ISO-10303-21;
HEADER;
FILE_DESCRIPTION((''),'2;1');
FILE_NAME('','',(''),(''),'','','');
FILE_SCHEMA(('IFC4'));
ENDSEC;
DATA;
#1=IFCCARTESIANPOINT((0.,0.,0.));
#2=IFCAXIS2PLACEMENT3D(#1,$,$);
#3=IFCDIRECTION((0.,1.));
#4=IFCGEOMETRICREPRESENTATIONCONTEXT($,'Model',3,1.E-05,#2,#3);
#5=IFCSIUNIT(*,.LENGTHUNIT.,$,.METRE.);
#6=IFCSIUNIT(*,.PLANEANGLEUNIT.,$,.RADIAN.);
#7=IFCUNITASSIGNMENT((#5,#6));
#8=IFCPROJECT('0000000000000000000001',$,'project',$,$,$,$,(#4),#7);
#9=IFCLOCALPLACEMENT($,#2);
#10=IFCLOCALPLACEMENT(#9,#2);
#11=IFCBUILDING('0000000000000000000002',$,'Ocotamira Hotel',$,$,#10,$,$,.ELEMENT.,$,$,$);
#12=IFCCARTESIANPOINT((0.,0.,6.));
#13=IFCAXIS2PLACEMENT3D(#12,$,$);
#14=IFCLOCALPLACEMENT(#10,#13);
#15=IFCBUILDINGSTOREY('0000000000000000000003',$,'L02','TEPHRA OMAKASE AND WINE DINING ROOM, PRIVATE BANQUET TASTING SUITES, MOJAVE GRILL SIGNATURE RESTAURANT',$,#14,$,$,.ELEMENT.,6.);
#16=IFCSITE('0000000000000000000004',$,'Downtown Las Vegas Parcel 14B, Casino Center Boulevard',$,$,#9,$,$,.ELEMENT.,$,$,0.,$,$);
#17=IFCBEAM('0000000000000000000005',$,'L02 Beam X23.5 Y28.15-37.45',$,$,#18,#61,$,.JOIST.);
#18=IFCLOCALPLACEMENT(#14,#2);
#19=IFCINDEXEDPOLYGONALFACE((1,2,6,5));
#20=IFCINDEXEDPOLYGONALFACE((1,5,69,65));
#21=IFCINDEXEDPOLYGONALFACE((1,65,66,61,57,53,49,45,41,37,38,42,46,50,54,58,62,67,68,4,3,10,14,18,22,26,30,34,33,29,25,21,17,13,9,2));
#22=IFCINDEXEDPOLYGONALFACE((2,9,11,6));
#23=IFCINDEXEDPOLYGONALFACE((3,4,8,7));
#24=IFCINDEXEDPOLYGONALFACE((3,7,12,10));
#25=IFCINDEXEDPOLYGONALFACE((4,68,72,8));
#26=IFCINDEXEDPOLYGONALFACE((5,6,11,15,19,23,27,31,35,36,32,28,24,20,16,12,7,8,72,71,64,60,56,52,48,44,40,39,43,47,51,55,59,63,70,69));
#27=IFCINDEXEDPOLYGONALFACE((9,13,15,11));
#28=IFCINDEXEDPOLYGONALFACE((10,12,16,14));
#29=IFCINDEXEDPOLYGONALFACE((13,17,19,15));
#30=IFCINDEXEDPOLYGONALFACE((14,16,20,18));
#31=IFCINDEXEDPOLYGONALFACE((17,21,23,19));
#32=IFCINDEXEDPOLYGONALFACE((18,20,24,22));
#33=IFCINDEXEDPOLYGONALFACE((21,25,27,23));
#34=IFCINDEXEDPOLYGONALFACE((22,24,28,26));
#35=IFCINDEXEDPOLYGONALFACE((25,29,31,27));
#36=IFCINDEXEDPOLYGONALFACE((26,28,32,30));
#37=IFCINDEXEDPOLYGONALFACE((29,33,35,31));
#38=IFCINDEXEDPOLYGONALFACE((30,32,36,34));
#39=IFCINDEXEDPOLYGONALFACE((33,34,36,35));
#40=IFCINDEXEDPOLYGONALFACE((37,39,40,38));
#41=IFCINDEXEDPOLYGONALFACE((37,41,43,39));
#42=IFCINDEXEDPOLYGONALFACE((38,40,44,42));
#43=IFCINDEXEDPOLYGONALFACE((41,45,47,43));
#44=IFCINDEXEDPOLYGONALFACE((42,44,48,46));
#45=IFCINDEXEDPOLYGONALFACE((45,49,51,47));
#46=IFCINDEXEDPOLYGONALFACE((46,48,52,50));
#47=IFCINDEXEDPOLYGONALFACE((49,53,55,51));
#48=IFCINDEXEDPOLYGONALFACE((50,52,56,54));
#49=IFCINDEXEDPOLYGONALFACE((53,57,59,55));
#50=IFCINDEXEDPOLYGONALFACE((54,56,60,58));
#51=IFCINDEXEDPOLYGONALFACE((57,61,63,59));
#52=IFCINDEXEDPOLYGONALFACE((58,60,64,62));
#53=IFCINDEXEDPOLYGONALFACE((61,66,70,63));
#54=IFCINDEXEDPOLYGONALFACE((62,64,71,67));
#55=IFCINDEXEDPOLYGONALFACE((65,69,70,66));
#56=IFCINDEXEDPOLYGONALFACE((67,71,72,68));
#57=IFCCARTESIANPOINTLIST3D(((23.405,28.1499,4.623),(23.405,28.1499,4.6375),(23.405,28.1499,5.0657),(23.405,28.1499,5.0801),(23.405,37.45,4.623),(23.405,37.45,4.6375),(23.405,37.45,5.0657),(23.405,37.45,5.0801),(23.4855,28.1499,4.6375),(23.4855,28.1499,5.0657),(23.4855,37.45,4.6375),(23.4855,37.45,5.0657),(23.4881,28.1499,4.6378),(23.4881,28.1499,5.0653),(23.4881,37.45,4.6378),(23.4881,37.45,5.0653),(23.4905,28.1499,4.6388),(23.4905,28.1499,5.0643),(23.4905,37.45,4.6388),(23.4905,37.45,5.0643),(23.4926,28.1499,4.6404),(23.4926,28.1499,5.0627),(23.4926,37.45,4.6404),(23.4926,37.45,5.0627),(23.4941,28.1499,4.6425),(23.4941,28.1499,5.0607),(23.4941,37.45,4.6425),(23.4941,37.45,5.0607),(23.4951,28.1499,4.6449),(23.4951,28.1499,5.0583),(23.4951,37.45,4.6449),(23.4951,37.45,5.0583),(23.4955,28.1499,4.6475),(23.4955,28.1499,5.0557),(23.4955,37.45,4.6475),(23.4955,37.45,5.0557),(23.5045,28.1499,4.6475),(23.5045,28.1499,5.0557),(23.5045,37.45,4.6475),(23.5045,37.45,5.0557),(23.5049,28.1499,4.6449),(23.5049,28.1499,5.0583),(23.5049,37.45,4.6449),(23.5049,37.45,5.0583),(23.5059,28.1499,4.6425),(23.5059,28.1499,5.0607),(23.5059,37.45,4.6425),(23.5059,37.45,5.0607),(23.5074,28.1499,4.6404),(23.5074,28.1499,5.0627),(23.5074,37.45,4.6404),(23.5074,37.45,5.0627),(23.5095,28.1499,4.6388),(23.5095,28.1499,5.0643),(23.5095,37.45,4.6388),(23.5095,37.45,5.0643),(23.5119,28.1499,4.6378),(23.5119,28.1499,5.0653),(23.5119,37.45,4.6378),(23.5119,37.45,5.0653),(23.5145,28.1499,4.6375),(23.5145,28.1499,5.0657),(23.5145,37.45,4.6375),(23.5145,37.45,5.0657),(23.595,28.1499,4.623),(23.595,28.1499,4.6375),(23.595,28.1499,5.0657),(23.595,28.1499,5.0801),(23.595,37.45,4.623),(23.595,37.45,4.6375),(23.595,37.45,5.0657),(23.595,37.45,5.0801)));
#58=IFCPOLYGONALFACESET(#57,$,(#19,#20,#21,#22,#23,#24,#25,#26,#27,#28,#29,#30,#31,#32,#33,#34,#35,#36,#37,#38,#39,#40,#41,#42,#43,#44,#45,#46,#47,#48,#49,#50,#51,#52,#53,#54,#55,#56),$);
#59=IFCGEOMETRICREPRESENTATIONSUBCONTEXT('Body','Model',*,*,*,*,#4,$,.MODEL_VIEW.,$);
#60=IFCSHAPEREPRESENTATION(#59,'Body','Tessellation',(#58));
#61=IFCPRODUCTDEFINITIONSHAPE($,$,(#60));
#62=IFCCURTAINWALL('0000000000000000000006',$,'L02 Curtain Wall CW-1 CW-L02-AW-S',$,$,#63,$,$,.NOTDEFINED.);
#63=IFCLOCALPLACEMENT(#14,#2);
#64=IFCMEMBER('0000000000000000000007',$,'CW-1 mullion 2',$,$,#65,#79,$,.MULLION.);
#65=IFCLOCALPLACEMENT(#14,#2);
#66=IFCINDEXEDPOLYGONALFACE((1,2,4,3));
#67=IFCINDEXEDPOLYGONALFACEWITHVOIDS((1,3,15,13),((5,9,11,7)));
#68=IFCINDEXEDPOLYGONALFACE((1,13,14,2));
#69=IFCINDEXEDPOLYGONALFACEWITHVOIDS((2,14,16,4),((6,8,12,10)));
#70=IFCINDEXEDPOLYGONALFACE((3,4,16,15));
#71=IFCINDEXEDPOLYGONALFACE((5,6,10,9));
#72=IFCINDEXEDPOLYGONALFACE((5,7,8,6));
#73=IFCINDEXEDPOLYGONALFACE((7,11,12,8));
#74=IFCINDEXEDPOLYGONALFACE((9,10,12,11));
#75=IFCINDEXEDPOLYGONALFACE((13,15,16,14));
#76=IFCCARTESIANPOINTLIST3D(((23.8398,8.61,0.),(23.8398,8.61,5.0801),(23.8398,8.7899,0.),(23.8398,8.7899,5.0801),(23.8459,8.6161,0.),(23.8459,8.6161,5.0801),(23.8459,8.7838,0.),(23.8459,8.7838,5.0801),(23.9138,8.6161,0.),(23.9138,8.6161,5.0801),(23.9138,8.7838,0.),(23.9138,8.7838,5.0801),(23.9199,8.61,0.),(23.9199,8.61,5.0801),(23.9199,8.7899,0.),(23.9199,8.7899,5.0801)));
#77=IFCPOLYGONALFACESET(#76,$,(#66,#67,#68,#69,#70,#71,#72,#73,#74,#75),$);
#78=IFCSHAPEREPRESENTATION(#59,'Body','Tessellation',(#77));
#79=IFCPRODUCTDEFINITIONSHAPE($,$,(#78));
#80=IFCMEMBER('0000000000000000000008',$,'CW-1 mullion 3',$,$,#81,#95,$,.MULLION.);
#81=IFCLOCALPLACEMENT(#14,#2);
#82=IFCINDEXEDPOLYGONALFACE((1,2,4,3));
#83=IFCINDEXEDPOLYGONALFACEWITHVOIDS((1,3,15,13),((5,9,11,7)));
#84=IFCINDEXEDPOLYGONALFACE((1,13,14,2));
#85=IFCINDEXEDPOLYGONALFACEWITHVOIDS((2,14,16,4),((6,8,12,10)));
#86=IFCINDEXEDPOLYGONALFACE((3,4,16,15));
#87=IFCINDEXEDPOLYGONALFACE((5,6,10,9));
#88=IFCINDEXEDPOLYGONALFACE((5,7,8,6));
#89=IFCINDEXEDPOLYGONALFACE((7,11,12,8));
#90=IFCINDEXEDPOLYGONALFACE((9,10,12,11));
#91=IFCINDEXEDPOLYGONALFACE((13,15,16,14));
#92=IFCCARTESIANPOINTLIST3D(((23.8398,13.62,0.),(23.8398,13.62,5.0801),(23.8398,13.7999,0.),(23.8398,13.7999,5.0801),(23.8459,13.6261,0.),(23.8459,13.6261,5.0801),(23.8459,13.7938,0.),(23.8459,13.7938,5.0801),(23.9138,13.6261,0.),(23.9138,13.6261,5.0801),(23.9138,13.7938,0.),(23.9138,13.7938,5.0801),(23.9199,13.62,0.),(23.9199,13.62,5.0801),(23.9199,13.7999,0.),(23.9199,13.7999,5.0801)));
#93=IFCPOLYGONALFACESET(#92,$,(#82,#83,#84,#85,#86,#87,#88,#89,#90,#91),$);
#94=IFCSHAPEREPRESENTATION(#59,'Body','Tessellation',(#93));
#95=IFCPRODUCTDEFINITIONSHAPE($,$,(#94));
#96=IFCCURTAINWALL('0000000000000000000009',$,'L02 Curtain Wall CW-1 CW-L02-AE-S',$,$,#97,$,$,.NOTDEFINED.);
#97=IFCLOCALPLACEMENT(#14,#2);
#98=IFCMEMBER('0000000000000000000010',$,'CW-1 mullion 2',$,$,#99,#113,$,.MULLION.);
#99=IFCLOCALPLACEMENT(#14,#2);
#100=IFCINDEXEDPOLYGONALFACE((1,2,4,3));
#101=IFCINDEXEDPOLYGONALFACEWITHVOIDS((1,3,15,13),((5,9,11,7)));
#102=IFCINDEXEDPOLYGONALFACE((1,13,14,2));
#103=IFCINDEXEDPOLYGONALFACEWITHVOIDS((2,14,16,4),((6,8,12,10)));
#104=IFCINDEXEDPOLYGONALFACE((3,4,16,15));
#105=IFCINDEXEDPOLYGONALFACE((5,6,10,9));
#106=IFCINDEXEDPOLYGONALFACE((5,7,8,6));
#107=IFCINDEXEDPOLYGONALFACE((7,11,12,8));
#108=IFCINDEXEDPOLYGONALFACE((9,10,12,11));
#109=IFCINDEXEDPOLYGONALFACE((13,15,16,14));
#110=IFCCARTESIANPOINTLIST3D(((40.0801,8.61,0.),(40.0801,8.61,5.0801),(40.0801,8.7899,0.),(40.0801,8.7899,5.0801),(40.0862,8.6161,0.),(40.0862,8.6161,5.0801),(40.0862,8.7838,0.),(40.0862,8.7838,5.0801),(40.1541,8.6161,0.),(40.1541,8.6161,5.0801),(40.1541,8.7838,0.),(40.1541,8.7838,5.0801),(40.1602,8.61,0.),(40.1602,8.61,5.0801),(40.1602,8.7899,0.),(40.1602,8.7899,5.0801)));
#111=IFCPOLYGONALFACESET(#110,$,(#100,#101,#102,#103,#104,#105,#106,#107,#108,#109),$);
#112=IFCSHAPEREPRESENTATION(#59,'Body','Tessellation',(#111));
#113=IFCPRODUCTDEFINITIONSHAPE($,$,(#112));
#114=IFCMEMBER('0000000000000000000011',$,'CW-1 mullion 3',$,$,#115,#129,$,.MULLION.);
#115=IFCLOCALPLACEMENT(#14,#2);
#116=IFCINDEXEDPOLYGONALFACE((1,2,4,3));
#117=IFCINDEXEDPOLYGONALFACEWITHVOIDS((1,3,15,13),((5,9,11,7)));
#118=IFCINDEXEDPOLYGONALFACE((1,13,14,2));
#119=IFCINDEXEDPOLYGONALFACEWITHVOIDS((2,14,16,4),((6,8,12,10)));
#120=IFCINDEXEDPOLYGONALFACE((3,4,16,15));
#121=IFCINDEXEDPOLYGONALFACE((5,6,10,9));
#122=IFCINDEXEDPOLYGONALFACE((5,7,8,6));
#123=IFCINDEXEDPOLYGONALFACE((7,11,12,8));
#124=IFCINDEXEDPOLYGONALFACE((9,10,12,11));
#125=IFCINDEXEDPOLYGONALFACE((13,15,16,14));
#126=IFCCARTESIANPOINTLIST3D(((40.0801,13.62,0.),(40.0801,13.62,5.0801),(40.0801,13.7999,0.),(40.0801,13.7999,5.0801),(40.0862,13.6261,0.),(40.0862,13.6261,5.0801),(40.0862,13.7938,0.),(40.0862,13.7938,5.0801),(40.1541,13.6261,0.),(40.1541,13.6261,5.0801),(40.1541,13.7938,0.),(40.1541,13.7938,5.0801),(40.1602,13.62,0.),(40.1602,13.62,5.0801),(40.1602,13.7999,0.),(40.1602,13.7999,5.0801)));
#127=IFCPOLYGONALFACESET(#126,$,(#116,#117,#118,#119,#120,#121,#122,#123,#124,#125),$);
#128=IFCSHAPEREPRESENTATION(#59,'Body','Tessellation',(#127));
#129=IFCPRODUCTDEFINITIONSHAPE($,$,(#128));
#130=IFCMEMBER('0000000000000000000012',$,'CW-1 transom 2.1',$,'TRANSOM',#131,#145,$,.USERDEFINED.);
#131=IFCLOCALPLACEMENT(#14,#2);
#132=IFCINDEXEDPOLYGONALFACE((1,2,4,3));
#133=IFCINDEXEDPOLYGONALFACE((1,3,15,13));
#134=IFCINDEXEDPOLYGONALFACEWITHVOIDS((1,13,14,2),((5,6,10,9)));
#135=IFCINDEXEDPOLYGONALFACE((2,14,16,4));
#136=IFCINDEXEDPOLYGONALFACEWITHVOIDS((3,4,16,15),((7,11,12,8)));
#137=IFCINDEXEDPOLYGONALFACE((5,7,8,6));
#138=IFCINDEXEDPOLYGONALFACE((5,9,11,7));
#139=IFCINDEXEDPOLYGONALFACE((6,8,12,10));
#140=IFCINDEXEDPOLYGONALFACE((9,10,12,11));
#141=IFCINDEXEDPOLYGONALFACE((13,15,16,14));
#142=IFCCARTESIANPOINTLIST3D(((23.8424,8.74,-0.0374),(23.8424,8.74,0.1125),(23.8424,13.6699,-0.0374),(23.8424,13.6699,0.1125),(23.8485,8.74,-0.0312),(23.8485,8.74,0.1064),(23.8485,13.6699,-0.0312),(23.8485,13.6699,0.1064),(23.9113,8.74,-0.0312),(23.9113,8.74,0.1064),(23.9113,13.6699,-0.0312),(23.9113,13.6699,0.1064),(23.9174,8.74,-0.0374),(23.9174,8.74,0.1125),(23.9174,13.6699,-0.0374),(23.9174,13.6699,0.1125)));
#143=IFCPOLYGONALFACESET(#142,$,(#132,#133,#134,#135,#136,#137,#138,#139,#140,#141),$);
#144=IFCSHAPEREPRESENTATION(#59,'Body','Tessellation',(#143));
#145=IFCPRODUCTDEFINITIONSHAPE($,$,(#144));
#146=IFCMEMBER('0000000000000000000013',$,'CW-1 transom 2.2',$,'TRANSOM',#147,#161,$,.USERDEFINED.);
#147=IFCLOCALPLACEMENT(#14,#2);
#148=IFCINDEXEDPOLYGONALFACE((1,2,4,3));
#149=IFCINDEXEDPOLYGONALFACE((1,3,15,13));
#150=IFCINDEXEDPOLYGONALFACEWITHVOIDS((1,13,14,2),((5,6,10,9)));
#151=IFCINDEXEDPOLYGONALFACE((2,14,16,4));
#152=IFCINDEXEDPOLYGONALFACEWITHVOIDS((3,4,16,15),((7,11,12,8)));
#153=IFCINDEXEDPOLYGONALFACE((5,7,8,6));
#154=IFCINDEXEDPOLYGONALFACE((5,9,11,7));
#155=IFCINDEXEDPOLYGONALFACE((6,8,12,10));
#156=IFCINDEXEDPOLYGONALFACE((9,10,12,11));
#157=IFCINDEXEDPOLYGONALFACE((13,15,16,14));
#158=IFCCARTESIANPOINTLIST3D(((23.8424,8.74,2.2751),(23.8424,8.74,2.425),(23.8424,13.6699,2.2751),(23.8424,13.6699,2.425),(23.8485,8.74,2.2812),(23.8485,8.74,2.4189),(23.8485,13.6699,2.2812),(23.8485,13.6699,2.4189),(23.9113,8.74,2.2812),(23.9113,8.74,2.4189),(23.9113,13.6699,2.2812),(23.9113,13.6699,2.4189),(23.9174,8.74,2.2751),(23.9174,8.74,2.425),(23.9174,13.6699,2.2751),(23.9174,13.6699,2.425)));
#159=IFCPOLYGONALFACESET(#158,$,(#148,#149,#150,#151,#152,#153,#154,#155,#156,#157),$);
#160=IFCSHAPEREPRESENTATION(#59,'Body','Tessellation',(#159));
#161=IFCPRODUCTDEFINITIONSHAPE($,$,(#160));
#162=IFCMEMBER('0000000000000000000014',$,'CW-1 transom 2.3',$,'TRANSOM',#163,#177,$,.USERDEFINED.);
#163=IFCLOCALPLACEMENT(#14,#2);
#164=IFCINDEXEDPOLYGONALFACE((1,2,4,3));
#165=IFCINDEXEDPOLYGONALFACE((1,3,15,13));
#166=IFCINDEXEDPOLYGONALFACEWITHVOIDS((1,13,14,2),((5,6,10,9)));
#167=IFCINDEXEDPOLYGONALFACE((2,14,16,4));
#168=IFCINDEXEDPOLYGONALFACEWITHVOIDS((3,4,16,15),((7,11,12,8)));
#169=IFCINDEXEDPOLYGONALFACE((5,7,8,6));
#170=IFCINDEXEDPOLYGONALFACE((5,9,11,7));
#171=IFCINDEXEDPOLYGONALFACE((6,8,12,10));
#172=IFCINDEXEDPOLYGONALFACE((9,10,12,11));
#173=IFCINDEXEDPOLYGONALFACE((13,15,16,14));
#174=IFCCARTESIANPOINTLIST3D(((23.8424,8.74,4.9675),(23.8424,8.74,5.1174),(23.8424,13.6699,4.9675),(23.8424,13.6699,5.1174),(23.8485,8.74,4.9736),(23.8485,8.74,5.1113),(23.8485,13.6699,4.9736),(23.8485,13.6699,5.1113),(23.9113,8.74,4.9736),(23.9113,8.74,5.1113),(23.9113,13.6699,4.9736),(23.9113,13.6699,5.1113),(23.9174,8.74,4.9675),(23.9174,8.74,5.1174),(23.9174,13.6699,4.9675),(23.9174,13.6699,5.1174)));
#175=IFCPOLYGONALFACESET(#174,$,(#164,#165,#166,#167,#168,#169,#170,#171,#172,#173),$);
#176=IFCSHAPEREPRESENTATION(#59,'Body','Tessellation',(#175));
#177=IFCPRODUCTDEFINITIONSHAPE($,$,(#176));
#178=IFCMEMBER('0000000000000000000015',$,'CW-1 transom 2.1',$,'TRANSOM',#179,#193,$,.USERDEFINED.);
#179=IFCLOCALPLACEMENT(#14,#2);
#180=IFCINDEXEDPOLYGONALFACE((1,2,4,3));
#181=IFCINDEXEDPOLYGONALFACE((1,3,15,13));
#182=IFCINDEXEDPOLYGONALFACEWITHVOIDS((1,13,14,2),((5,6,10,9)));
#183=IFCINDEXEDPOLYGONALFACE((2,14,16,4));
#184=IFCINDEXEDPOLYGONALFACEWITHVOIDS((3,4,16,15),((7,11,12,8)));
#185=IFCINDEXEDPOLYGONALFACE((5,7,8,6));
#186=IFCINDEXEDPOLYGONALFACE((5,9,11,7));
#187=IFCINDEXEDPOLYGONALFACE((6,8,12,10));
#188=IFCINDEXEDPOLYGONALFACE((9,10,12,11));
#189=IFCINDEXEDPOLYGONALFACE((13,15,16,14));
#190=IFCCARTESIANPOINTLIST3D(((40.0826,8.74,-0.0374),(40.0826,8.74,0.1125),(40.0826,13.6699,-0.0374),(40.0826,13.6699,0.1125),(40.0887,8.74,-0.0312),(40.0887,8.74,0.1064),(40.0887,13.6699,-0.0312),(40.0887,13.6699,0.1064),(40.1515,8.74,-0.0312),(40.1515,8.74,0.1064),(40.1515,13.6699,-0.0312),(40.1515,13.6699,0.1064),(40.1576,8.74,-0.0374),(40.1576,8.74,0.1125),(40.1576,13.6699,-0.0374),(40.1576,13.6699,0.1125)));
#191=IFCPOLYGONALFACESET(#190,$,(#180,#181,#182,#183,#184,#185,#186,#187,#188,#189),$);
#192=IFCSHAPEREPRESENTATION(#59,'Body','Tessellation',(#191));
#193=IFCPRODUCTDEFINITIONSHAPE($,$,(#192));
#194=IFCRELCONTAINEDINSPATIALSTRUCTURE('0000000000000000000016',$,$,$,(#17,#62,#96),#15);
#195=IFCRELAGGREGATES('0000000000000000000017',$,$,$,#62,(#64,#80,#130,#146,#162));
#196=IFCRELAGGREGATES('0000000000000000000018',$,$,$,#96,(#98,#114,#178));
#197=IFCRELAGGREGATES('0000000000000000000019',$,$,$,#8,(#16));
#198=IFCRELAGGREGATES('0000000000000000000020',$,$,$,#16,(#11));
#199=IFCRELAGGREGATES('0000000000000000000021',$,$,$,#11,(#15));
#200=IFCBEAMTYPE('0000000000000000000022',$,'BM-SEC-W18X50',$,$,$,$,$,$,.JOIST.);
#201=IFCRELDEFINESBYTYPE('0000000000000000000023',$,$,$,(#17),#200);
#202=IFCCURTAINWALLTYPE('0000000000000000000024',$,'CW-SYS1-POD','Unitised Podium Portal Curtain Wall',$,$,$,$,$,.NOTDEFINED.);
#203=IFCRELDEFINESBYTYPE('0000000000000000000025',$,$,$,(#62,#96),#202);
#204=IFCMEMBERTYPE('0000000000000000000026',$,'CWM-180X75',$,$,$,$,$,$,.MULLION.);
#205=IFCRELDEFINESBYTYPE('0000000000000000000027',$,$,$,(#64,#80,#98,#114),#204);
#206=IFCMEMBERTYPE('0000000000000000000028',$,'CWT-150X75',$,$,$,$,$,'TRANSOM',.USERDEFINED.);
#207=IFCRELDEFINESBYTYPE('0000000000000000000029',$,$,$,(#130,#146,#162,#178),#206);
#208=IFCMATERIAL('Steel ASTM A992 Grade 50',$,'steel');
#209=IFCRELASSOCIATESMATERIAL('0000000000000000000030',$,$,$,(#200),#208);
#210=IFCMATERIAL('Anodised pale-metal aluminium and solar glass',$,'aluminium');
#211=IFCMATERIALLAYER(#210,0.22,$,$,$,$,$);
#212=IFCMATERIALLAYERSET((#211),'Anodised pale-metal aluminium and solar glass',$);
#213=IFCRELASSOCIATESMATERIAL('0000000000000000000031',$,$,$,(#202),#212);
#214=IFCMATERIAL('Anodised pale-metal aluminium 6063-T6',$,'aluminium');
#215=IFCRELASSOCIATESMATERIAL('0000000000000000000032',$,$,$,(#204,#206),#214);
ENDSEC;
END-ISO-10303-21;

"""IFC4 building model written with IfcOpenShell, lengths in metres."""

from ifc_helpers import new_model, si_unit, direction, frame, origin, origin_2d, place, context, subcontext, project, spatial, hollow_rectangle, i_section, extrude, source, transform, mapped, material, layer, layer_set, material_profile, profile_set, type_object, element, aggregate, save


model = new_model("IFC4")

# Units and contexts
model_context = context("Model", 3, precision=1e-05, world=origin(), true_north=direction((0.0, 1.0)))
body_context = subcontext(model_context, "Body", "Model", "MODEL_VIEW")
ifc_project = project(units=[si_unit("LENGTHUNIT", "METRE"), si_unit("PLANEANGLEUNIT", "RADIAN")], contexts=[model_context])

# Site, building, storey
site_placement = place(None, origin())
site = spatial("IfcSite", under=ifc_project, at=site_placement, Name="Downtown Las Vegas Parcel 14B, Casino Center Boulevard", CompositionType="ELEMENT", RefElevation=0.0)
building_placement = place(site_placement, origin())
building = spatial("IfcBuilding", under=site, at=building_placement, Name="Ocotamira Hotel", CompositionType="ELEMENT")
storey_placement = place(building_placement, frame((0.0, 0.0, 6.0)))
storey = spatial("IfcBuildingStorey", under=building, at=storey_placement, Name="L02", Description="TEPHRA OMAKASE AND WINE DINING ROOM, PRIVATE BANQUET TASTING SUITES, MOJAVE GRILL SIGNATURE RESTAURANT", CompositionType="ELEMENT", Elevation=6.0)

# Beam
ifc_material_1 = material(Name="Steel ASTM A992 Grade 50", Category="steel")
ifc_material_profile_1 = material_profile(ifc_material_1, i_section(OverallWidth=0.1899, OverallDepth=0.457, WebThickness=0.009, FlangeThickness=0.0144, FilletRadius=0.01, at=origin_2d()), Name="W18X50")
ifc_profile_set_1 = profile_set([ifc_material_profile_1], Name="Steel ASTM A992 Grade 50")
beam_type_1 = type_object("IfcBeamType", Name="BM-SEC-W18X50", PredefinedType="JOIST", material=ifc_profile_set_1)
shared_shape_1 = source(origin(), body_context, "Body", "SweptSolid", [
    extrude(i_section(OverallWidth=0.1899, OverallDepth=0.457, WebThickness=0.009, FlangeThickness=0.0144, FilletRadius=0.01, at=origin_2d()), origin(), (0.0, 0.0, 1.0), 9.3),
])
beam_1_placement = place(storey_placement, frame((23.5, 28.1499, 4.8516), z_axis=(0.0, 1.0, 0.0), x_axis=(-1.0, 0.0, 0.0)))
element("IfcBeam", 1, at=beam_1_placement, inside=storey, type_object=beam_type_1, Name="L02 Beam X23.5 Y28.15-37.45", PredefinedType="JOIST", context=body_context, shape_type="MappedRepresentation", body=[
    mapped(shared_shape_1, transform((0.0, 0.0, 0.0), scale=1.0)),
])

# Curtain walls, members
ifc_material_2 = material(Name="Anodised pale-metal aluminium and solar glass", Category="aluminium")
ifc_layer_1 = layer(ifc_material_2, 0.22)
ifc_layer_set_1 = layer_set([ifc_layer_1], Name="Anodised pale-metal aluminium and solar glass")
curtain_wall_type = type_object("IfcCurtainWallType", Name="CW-SYS1-POD", Description="Unitised Podium Portal Curtain Wall", PredefinedType="NOTDEFINED", material=ifc_layer_set_1)
curtain_wall_1_placement = place(storey_placement, origin())
curtain_wall_1 = element("IfcCurtainWall", 2, at=curtain_wall_1_placement, inside=storey, type_object=curtain_wall_type, Name="L02 Curtain Wall CW-1 CW-L02-AW-S", PredefinedType="NOTDEFINED")
ifc_material_3 = material(Name="Anodised pale-metal aluminium 6063-T6", Category="aluminium")
ifc_material_profile_2 = material_profile(ifc_material_3, hollow_rectangle(XDim=0.0801, YDim=0.1799, WallThickness=0.0061, at=origin_2d()), Name="HSS180X80X6")
ifc_profile_set_2 = profile_set([ifc_material_profile_2], Name="Anodised pale-metal aluminium 6063-T6")
member_type_1 = type_object("IfcMemberType", Name="CWM-180X75", PredefinedType="MULLION", material=ifc_profile_set_2)
shared_shape_2 = source(origin(), body_context, "Body", "SweptSolid", [
    extrude(hollow_rectangle(XDim=0.0801, YDim=0.1799, WallThickness=0.0061, at=origin_2d()), origin(), (0.0, 0.0, 1.0), 5.0801),
])
member_1_placement = place(storey_placement, frame((23.8799, 8.7, 0.0), z_axis=(0.0, 0.0, 1.0), x_axis=(-1.0, 0.0, 0.0)))
member_1 = element("IfcMember", 3, at=member_1_placement, type_object=member_type_1, Name="CW-1 mullion 2", PredefinedType="MULLION", context=body_context, shape_type="MappedRepresentation", body=[
    mapped(shared_shape_2, transform((0.0, 0.0, 0.0), scale=1.0)),
])
member_2_placement = place(storey_placement, frame((23.8799, 13.71, 0.0), z_axis=(0.0, 0.0, 1.0), x_axis=(-1.0, 0.0, 0.0)))
member_2 = element("IfcMember", 4, at=member_2_placement, type_object=member_type_1, Name="CW-1 mullion 3", PredefinedType="MULLION", context=body_context, shape_type="MappedRepresentation", body=[
    mapped(shared_shape_2, transform((0.0, 0.0, 0.0), scale=1.0)),
])
curtain_wall_2_placement = place(storey_placement, origin())
curtain_wall_2 = element("IfcCurtainWall", 5, at=curtain_wall_2_placement, inside=storey, type_object=curtain_wall_type, Name="L02 Curtain Wall CW-1 CW-L02-AE-S", PredefinedType="NOTDEFINED")
member_3_placement = place(storey_placement, frame((40.1201, 8.7, 0.0), z_axis=(0.0, 0.0, 1.0), x_axis=(-1.0, 0.0, 0.0)))
member_3 = element("IfcMember", 6, at=member_3_placement, type_object=member_type_1, Name="CW-1 mullion 2", PredefinedType="MULLION", context=body_context, shape_type="MappedRepresentation", body=[
    mapped(shared_shape_2, transform((0.0, 0.0, 0.0), scale=1.0)),
])
member_4_placement = place(storey_placement, frame((40.1201, 13.71, 0.0), z_axis=(0.0, 0.0, 1.0), x_axis=(-1.0, 0.0, 0.0)))
member_4 = element("IfcMember", 7, at=member_4_placement, type_object=member_type_1, Name="CW-1 mullion 3", PredefinedType="MULLION", context=body_context, shape_type="MappedRepresentation", body=[
    mapped(shared_shape_2, transform((0.0, 0.0, 0.0), scale=1.0)),
])

# Members
ifc_material_profile_3 = material_profile(ifc_material_3, hollow_rectangle(XDim=0.075, YDim=0.1499, WallThickness=0.0061, at=origin_2d()), Name="HSS150X75X6")
ifc_profile_set_3 = profile_set([ifc_material_profile_3], Name="Anodised pale-metal aluminium 6063-T6")
member_type_2 = type_object("IfcMemberType", Name="CWT-150X75", ElementType="TRANSOM", PredefinedType="USERDEFINED", material=ifc_profile_set_3)
shared_shape_3 = source(origin(), body_context, "Body", "SweptSolid", [
    extrude(hollow_rectangle(XDim=0.075, YDim=0.1499, WallThickness=0.0061, at=origin_2d()), origin(), (0.0, 0.0, 1.0), 4.9299),
])
member_5_placement = place(storey_placement, frame((23.8799, 8.74, 0.0376), z_axis=(0.0, 1.0, 0.0), x_axis=(-1.0, 0.0, 0.0)))
member_5 = element("IfcMember", 8, at=member_5_placement, type_object=member_type_2, Name="CW-1 transom 2.1", ObjectType="TRANSOM", PredefinedType="USERDEFINED", context=body_context, shape_type="MappedRepresentation", body=[
    mapped(shared_shape_3, transform((0.0, 0.0, 0.0), scale=1.0)),
])
member_6_placement = place(storey_placement, frame((23.8799, 8.74, 2.3501), z_axis=(0.0, 1.0, 0.0), x_axis=(-1.0, 0.0, 0.0)))
member_6 = element("IfcMember", 9, at=member_6_placement, type_object=member_type_2, Name="CW-1 transom 2.2", ObjectType="TRANSOM", PredefinedType="USERDEFINED", context=body_context, shape_type="MappedRepresentation", body=[
    mapped(shared_shape_3, transform((0.0, 0.0, 0.0), scale=1.0)),
])
member_7_placement = place(storey_placement, frame((23.8799, 8.74, 5.0425), z_axis=(0.0, 1.0, 0.0), x_axis=(-1.0, 0.0, 0.0)))
member_7 = element("IfcMember", 10, at=member_7_placement, type_object=member_type_2, Name="CW-1 transom 2.3", ObjectType="TRANSOM", PredefinedType="USERDEFINED", context=body_context, shape_type="MappedRepresentation", body=[
    mapped(shared_shape_3, transform((0.0, 0.0, 0.0), scale=1.0)),
])
member_8_placement = place(storey_placement, frame((40.1201, 8.74, 0.0376), z_axis=(0.0, 1.0, 0.0), x_axis=(-1.0, 0.0, 0.0)))
member_8 = element("IfcMember", 11, at=member_8_placement, type_object=member_type_2, Name="CW-1 transom 2.1", ObjectType="TRANSOM", PredefinedType="USERDEFINED", context=body_context, shape_type="MappedRepresentation", body=[
    mapped(shared_shape_3, transform((0.0, 0.0, 0.0), scale=1.0)),
])

aggregate(curtain_wall_1, [member_1, member_2, member_5, member_6, member_7])
aggregate(curtain_wall_2, [member_3, member_4, member_8])

save(model, "model.ifc")
